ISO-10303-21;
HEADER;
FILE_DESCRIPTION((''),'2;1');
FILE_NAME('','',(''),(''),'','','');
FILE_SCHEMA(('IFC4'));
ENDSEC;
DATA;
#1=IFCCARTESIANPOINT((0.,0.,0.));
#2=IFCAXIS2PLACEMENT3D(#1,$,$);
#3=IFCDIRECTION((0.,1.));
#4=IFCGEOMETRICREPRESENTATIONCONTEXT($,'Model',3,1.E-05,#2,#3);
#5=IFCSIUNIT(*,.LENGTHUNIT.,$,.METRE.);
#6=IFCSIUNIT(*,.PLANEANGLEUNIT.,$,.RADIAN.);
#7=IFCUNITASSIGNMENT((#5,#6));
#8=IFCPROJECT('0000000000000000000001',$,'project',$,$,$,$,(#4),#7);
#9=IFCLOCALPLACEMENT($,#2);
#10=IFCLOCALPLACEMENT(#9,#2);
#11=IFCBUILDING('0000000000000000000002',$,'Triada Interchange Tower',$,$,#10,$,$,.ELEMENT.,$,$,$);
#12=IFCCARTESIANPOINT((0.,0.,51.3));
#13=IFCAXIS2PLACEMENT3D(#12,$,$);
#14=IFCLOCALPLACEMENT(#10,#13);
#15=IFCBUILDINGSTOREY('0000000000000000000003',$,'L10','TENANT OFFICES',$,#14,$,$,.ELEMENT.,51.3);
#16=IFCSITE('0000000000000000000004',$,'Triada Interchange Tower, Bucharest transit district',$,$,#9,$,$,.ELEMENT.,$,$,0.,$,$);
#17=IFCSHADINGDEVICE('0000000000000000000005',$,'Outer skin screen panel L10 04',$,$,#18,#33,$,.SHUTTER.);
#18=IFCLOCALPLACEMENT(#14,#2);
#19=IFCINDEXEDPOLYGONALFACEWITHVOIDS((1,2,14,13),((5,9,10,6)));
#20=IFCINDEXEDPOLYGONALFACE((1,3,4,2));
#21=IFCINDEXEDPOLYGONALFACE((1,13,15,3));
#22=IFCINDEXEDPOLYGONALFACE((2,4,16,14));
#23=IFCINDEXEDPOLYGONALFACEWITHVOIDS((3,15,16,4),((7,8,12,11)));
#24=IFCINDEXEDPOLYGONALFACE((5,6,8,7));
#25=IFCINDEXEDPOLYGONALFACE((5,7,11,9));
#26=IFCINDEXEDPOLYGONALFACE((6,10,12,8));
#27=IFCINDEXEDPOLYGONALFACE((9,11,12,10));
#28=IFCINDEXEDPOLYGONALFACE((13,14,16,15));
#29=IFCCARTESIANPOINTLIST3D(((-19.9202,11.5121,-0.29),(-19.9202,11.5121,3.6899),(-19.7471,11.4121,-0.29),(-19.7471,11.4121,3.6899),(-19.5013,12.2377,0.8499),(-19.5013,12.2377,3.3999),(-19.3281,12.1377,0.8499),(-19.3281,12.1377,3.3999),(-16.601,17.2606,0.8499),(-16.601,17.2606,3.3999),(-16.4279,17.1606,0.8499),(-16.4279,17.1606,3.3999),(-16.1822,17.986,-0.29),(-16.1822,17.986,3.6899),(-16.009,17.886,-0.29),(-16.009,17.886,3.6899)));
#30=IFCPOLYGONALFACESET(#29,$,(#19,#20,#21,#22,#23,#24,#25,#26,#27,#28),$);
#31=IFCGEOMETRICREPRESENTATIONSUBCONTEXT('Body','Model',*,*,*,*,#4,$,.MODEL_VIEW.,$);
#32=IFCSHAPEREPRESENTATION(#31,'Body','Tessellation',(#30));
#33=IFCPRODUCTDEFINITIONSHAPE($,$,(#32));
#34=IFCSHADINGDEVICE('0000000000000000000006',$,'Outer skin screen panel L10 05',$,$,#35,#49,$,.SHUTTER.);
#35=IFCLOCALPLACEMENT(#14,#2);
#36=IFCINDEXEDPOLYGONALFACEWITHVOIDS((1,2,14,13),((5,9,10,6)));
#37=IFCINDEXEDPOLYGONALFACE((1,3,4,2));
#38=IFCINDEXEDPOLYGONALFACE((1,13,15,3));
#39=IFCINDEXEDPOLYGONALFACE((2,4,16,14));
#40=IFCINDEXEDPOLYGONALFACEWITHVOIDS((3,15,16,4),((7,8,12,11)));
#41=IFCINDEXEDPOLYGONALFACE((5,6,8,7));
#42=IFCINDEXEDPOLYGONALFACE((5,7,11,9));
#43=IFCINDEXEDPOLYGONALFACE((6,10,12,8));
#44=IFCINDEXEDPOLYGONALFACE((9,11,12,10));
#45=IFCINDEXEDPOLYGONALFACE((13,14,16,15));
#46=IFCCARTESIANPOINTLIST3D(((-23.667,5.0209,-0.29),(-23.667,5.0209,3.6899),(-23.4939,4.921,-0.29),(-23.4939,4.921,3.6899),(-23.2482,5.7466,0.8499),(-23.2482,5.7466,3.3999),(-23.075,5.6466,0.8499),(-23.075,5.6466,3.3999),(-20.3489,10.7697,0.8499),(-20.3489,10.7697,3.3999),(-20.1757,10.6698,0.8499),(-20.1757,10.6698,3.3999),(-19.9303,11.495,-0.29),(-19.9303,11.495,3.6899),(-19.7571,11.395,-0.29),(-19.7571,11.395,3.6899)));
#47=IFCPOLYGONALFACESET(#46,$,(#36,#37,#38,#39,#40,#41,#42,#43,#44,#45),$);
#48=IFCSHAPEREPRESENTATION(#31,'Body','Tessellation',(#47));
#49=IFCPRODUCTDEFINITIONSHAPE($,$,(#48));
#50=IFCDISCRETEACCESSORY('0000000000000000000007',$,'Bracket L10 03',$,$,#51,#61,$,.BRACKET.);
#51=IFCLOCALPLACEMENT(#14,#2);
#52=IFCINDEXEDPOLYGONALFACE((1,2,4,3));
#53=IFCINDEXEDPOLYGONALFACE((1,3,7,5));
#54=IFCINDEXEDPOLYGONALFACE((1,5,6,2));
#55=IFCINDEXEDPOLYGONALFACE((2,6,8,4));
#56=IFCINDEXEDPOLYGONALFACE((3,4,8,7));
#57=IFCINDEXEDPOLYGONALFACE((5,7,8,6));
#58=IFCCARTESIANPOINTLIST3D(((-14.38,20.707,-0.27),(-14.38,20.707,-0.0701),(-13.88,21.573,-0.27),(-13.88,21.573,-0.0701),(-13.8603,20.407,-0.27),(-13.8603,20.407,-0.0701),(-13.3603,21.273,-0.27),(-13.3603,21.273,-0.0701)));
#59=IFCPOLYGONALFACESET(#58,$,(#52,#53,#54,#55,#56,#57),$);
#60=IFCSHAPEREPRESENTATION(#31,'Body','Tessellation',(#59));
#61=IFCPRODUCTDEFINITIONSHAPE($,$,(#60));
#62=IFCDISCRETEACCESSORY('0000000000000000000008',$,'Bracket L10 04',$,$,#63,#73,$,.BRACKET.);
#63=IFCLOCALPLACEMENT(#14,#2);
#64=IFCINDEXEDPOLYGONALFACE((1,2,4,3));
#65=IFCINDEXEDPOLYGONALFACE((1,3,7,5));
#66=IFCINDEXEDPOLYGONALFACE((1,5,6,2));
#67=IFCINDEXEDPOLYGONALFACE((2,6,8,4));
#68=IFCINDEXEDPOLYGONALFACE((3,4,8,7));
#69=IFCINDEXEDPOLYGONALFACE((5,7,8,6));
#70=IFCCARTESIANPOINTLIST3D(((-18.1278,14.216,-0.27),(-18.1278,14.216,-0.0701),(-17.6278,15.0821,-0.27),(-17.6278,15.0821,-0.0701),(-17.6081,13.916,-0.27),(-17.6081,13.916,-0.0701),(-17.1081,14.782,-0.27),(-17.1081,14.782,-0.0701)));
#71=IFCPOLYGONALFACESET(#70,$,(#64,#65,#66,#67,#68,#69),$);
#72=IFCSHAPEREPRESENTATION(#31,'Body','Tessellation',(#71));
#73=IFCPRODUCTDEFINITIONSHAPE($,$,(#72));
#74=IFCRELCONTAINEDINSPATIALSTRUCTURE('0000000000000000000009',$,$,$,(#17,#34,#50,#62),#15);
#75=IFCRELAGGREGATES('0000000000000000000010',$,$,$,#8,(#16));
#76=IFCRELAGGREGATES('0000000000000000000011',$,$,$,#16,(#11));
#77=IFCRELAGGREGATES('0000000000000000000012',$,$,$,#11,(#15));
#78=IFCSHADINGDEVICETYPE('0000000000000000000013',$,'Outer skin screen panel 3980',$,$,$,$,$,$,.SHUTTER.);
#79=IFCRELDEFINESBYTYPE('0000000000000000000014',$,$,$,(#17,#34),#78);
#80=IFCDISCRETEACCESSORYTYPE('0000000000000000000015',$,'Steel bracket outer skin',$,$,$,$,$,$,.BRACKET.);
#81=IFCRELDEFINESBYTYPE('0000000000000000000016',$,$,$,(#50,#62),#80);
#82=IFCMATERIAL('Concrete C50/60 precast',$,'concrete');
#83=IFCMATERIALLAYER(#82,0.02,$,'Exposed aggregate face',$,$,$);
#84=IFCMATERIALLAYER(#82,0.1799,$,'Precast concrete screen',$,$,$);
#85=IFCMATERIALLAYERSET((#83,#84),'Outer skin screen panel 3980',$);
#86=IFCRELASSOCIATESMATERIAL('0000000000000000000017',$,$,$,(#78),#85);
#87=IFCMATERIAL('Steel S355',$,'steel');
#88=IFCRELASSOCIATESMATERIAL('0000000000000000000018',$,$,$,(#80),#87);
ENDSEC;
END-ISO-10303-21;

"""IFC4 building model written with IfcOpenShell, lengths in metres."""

from ifc_helpers import new_model, si_unit, direction, frame, origin, origin_2d, place, context, subcontext, project, spatial, polyline, rectangle, outline, extrude, material, layer, layer_set, type_object, element, save


model = new_model("IFC4")

# Units and contexts
model_context = context("Model", 3, precision=1e-05, world=origin(), true_north=direction((0.0, 1.0)))
body_context = subcontext(model_context, "Body", "Model", "MODEL_VIEW")
ifc_project = project(units=[si_unit("LENGTHUNIT", "METRE"), si_unit("PLANEANGLEUNIT", "RADIAN")], contexts=[model_context])

# Site, building, storey
site_placement = place(None, origin())
site = spatial("IfcSite", under=ifc_project, at=site_placement, Name="Triada Interchange Tower, Bucharest transit district", CompositionType="ELEMENT", RefElevation=0.0)
building_placement = place(site_placement, origin())
building = spatial("IfcBuilding", under=site, at=building_placement, Name="Triada Interchange Tower", CompositionType="ELEMENT")
storey_placement = place(building_placement, frame((0.0, 0.0, 51.3)))
storey = spatial("IfcBuildingStorey", under=building, at=storey_placement, Name="L10", Description="TENANT OFFICES", CompositionType="ELEMENT", Elevation=51.3)

# Shading devices
ifc_material_1 = material(Name="Concrete C50/60 precast", Category="concrete")
ifc_layer_1 = layer(ifc_material_1, 0.02, Name="Exposed aggregate face")
ifc_layer_2 = layer(ifc_material_1, 0.1799, Name="Precast concrete screen")
ifc_layer_set_1 = layer_set([ifc_layer_1, ifc_layer_2], Name="Outer skin screen panel 3980")
shading_device_type = type_object("IfcShadingDeviceType", Name="Outer skin screen panel 3980", PredefinedType="SHUTTER", material=ifc_layer_set_1)
shading_device_1_placement = place(storey_placement, frame((-16.009, 17.886, -0.29), z_axis=(0.0, 0.0, 1.0), x_axis=(-0.500034, -0.866006, 0.0)))
element("IfcShadingDevice", 1, at=shading_device_1_placement, inside=storey, type_object=shading_device_type, Name="Outer skin screen panel L10 04", PredefinedType="SHUTTER", context=body_context, shape_type="SweptSolid", body=[
    extrude(outline(polyline([(0.0, 0.0), (7.4756, 0.0), (7.4756, 3.98), (0.0, 3.98), (0.0, 0.0)]), holes=[polyline([(0.8376, 1.1399), (0.8376, 3.6899), (6.6377, 3.6899), (6.6377, 1.1399), (0.8376, 1.1399)])]), frame((0.0, 0.0, 0.0), z_axis=(0.0, -1.0, 0.0), x_axis=(1.0, 0.0, 0.0)), (0.0, 0.0, 1.0), 0.2),
])
shading_device_2_placement = place(storey_placement, frame((-19.7571, 11.395, -0.29), z_axis=(0.0, 0.0, 1.0), x_axis=(-0.499898, -0.866084, 0.0)))
element("IfcShadingDevice", 2, at=shading_device_2_placement, inside=storey, type_object=shading_device_type, Name="Outer skin screen panel L10 05", PredefinedType="SHUTTER", context=body_context, shape_type="SweptSolid", body=[
    extrude(outline(polyline([(0.0, 0.0), (7.4751, 0.0), (7.4751, 3.98), (0.0, 3.98), (0.0, 0.0)]), holes=[polyline([(0.8374, 1.1399), (0.8374, 3.6899), (6.6372, 3.6899), (6.6372, 1.1399), (0.8374, 1.1399)])]), frame((0.0, 0.0, 0.0), z_axis=(0.0, -1.0, 0.0), x_axis=(1.0, 0.0, 0.0)), (0.0, 0.0, 1.0), 0.2),
])

# Discrete accessories
ifc_material_2 = material(Name="Steel S355", Category="steel")
discrete_accessory_type = type_object("IfcDiscreteAccessoryType", Name="Steel bracket outer skin", PredefinedType="BRACKET", material=ifc_material_2)
for number, where, z_axis, x_axis, name in (
    (3, (-13.8701, 20.99, -0.27), (0.0, 0.0, 1.0), (-0.866026, 0.499999, 0.0), "Bracket L10 03"),
    (4, (-17.6179, 14.499, -0.27), (0.0, 0.0, 1.0), (-0.866026, 0.499999, 0.0), "Bracket L10 04"),
):
    element("IfcDiscreteAccessory", number, at=place(storey_placement, frame(where, z_axis=z_axis, x_axis=x_axis)), inside=storey, type_object=discrete_accessory_type, Name=name, PredefinedType="BRACKET", context=body_context, shape_type="SweptSolid", body=[
        extrude(rectangle(XDim=0.6001, YDim=1.0, at=origin_2d()), origin(), (0.0, 0.0, 1.0), 0.2),
    ])

save(model, "model.ifc")
